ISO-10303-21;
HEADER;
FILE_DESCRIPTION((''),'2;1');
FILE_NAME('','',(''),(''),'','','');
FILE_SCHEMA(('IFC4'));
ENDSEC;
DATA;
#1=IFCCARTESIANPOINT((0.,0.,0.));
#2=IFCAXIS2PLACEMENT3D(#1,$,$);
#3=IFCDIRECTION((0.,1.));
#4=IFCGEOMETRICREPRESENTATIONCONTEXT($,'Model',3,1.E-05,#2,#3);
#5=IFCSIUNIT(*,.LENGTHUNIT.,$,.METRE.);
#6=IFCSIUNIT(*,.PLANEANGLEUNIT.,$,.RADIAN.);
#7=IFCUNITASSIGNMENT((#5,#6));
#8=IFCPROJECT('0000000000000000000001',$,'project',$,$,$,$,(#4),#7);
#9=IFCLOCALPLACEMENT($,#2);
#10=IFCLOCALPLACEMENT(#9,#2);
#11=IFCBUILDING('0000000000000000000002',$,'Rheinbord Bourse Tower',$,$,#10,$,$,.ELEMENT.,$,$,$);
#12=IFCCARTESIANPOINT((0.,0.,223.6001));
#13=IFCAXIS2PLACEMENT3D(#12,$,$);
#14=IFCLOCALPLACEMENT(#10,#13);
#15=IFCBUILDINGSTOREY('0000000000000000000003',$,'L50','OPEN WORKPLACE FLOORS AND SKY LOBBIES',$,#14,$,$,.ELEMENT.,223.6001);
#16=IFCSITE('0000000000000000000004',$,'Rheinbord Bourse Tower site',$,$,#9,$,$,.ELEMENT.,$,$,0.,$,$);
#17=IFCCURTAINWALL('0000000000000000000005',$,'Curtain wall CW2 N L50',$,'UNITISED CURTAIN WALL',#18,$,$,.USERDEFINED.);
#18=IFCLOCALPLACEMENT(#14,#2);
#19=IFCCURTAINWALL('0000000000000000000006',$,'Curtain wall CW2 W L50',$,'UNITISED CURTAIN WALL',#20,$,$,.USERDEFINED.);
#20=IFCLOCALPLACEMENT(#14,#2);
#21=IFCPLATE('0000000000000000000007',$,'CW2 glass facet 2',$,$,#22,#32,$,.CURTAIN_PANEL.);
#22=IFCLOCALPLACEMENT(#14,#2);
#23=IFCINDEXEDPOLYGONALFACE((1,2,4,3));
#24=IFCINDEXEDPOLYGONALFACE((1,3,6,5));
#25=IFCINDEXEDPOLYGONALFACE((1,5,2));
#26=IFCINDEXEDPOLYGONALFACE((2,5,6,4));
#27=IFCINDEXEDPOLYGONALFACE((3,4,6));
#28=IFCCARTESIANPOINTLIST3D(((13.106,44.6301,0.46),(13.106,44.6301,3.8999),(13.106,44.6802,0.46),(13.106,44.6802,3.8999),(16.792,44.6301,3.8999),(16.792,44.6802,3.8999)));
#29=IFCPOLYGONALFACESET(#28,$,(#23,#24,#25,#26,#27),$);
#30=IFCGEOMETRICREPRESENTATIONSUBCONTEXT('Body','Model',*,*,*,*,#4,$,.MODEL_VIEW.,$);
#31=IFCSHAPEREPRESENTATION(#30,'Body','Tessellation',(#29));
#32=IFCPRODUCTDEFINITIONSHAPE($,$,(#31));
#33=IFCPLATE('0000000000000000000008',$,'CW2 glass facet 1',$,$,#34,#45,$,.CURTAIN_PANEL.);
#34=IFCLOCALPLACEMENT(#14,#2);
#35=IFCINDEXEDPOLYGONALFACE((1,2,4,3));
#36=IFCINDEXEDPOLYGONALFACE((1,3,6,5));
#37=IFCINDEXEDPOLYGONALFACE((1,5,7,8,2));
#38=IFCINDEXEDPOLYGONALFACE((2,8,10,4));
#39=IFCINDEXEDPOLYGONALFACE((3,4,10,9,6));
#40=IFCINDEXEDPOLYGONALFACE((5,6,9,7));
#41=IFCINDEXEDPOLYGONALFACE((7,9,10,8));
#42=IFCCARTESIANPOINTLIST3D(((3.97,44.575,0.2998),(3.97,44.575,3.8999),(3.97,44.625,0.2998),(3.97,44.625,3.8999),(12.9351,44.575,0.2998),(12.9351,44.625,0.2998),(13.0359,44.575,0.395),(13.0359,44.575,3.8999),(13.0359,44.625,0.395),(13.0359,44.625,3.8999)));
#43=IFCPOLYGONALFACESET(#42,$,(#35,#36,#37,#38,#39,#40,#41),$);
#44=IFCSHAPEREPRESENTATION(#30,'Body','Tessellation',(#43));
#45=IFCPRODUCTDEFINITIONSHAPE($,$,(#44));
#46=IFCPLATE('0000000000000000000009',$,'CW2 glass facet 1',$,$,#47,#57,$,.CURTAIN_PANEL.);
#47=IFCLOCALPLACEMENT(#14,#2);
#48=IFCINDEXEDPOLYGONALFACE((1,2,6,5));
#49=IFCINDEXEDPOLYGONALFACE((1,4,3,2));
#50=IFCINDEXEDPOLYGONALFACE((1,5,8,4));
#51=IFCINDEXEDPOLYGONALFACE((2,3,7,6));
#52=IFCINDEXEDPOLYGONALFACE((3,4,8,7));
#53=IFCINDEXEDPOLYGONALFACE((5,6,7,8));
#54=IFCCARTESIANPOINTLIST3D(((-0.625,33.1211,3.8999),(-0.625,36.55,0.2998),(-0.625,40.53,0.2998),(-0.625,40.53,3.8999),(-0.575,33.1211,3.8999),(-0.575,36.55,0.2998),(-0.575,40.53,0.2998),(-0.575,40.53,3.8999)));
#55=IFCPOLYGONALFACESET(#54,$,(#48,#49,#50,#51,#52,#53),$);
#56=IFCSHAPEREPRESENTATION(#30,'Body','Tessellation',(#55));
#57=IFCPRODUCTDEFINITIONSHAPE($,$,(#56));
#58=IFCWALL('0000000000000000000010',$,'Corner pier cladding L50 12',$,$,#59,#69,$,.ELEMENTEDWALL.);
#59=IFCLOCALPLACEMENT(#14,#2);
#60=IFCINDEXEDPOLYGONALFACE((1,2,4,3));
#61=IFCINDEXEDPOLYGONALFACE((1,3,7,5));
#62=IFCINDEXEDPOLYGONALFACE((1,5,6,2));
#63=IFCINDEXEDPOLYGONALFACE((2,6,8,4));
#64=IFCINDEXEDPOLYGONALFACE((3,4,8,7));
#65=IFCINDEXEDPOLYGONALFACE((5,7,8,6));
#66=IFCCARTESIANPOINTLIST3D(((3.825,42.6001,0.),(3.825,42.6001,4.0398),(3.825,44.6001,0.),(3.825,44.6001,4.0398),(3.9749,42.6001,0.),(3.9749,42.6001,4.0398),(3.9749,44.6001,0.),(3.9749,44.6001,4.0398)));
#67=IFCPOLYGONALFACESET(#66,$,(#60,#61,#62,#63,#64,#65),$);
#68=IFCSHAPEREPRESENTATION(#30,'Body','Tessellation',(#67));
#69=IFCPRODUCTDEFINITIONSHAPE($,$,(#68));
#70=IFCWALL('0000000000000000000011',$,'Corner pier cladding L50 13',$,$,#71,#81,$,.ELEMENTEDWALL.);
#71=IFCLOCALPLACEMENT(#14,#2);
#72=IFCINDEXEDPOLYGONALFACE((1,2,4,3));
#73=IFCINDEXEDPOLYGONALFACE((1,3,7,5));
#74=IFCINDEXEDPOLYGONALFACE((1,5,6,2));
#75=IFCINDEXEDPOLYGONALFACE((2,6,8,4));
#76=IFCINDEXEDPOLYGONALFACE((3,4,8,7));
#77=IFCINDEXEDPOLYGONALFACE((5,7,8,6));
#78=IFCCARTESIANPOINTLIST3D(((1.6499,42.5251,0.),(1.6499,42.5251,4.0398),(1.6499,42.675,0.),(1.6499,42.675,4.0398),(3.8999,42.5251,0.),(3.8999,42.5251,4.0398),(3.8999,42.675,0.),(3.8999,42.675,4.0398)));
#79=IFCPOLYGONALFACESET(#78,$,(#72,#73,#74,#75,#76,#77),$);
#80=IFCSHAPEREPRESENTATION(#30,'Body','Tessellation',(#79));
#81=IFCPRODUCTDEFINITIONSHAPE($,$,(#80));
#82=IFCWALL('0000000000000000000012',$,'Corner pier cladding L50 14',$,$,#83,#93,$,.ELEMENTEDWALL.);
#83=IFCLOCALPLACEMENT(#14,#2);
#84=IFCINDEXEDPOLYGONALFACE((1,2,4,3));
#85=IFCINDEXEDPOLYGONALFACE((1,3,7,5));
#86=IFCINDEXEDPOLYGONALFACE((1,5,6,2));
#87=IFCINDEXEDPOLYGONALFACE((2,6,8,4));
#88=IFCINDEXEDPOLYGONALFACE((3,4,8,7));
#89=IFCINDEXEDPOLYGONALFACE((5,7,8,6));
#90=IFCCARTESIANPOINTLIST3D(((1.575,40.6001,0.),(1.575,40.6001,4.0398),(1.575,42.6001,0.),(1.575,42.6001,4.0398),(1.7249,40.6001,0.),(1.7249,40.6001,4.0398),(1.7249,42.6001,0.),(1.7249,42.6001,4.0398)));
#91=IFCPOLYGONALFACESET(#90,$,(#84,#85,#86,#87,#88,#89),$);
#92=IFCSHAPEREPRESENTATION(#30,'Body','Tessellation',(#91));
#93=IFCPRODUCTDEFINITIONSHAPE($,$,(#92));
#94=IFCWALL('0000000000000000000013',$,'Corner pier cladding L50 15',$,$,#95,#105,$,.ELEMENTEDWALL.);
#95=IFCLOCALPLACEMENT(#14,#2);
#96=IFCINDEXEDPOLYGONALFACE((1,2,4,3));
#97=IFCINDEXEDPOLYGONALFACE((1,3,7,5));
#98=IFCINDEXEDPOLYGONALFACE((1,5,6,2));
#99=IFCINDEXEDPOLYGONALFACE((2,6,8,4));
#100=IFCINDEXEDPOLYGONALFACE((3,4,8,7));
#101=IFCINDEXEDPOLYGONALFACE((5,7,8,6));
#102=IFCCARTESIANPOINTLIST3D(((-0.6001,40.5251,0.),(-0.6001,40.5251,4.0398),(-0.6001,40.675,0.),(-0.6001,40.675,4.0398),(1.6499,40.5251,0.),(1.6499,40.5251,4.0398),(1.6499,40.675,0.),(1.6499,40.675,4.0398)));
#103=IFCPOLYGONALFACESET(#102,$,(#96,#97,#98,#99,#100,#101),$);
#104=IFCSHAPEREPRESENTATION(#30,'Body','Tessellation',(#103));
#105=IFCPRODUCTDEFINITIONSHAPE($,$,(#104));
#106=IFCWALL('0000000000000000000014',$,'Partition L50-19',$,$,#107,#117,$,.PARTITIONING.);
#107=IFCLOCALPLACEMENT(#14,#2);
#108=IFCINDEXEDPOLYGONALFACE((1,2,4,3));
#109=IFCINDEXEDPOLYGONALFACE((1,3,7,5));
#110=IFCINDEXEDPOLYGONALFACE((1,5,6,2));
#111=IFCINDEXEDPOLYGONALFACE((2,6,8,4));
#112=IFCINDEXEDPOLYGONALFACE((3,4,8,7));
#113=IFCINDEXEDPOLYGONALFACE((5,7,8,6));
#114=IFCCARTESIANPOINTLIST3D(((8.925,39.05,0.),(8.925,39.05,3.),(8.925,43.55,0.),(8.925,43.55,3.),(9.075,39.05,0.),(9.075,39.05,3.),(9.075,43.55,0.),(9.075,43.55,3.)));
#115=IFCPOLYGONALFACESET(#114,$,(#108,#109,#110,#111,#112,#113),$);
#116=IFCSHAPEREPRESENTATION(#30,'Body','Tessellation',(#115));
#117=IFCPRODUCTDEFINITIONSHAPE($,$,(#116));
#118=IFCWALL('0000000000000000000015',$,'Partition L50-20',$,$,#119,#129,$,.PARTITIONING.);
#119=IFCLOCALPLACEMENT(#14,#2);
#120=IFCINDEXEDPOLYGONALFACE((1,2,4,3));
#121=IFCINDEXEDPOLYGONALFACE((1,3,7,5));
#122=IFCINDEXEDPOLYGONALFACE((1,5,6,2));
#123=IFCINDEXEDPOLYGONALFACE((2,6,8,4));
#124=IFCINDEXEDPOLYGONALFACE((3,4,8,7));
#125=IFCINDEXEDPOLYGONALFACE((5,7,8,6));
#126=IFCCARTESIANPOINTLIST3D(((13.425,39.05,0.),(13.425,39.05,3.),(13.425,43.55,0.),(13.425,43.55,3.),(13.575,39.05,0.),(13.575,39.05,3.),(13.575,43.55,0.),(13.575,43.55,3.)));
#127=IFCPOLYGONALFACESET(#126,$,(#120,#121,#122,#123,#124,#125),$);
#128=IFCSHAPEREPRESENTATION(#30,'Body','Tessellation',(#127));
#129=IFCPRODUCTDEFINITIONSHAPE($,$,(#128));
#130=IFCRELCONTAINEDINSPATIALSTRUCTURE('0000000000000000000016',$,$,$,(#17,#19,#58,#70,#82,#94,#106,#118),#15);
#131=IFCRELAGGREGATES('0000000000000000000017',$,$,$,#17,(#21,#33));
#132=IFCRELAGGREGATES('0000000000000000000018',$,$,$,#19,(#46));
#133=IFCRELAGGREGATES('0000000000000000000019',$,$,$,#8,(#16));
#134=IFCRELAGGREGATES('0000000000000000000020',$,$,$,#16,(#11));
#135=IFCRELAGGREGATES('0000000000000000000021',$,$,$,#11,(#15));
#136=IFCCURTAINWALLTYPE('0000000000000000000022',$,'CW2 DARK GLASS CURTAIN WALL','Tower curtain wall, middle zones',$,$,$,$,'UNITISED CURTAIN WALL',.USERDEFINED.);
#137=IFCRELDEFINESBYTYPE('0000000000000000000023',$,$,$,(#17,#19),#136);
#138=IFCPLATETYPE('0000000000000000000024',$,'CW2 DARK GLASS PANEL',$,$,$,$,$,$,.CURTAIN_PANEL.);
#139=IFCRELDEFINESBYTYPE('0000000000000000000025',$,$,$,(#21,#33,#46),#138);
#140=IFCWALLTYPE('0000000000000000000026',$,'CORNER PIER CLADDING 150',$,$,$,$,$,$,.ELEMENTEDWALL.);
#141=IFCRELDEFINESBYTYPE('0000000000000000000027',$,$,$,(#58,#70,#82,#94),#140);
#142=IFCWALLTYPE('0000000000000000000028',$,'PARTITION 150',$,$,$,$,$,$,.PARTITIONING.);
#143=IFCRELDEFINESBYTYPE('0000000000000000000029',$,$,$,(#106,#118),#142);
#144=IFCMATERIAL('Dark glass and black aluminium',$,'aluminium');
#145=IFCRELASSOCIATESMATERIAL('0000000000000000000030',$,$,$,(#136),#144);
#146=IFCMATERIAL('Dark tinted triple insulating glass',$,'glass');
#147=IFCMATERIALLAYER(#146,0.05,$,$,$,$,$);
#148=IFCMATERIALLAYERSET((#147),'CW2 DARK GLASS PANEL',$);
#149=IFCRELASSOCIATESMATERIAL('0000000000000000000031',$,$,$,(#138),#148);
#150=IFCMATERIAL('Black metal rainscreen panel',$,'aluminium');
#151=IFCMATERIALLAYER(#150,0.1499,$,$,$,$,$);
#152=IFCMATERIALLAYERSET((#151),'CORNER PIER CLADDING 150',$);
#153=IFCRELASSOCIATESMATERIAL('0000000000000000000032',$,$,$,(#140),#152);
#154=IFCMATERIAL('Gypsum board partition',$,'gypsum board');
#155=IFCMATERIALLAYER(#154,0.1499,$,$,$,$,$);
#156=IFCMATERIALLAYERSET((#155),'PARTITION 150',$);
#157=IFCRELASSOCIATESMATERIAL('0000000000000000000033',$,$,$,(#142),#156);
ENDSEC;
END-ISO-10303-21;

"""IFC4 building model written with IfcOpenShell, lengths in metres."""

from ifc_helpers import new_model, si_unit, direction, frame, frame_2d, origin, place, context, subcontext, project, spatial, polyline, rectangle, outline, extrude, material, layer, layer_set, type_object, element, aggregate, save


model = new_model("IFC4")

# Units and contexts
model_context = context("Model", 3, precision=1e-05, world=origin(), true_north=direction((0.0, 1.0)))
body_context = subcontext(model_context, "Body", "Model", "MODEL_VIEW")
ifc_project = project(units=[si_unit("LENGTHUNIT", "METRE"), si_unit("PLANEANGLEUNIT", "RADIAN")], contexts=[model_context])

# Site, building, storey
site_placement = place(None, origin())
site = spatial("IfcSite", under=ifc_project, at=site_placement, Name="Rheinbord Bourse Tower site", CompositionType="ELEMENT", RefElevation=0.0)
building_placement = place(site_placement, origin())
building = spatial("IfcBuilding", under=site, at=building_placement, Name="Rheinbord Bourse Tower", CompositionType="ELEMENT")
storey_placement = place(building_placement, frame((0.0, 0.0, 223.6001)))
storey = spatial("IfcBuildingStorey", under=building, at=storey_placement, Name="L50", Description="OPEN WORKPLACE FLOORS AND SKY LOBBIES", CompositionType="ELEMENT", Elevation=223.6001)

# Curtain wall
ifc_material_1 = material(Name="Dark glass and black aluminium", Category="aluminium")
curtain_wall_type = type_object("IfcCurtainWallType", Name="CW2 DARK GLASS CURTAIN WALL", Description="Tower curtain wall, middle zones", ElementType="UNITISED CURTAIN WALL", PredefinedType="USERDEFINED", material=ifc_material_1)
curtain_wall_1_placement = place(storey_placement, origin())
curtain_wall_1 = element("IfcCurtainWall", 1, at=curtain_wall_1_placement, inside=storey, type_object=curtain_wall_type, Name="Curtain wall CW2 N L50", ObjectType="UNITISED CURTAIN WALL", PredefinedType="USERDEFINED")

# Curtain wall
curtain_wall_2_placement = place(storey_placement, origin())
curtain_wall_2 = element("IfcCurtainWall", 2, at=curtain_wall_2_placement, inside=storey, type_object=curtain_wall_type, Name="Curtain wall CW2 W L50", ObjectType="UNITISED CURTAIN WALL", PredefinedType="USERDEFINED")

# Plates
ifc_material_2 = material(Name="Dark tinted triple insulating glass", Category="glass")
ifc_layer_1 = layer(ifc_material_2, 0.05)
ifc_layer_set_1 = layer_set([ifc_layer_1], Name="CW2 DARK GLASS PANEL")
plate_type = type_object("IfcPlateType", Name="CW2 DARK GLASS PANEL", PredefinedType="CURTAIN_PANEL", material=ifc_layer_set_1)
plate_1_placement = place(storey_placement, frame((13.106, 44.6802, 3.8999), z_axis=(0.0, -1.0, 0.0), x_axis=(0.0, 0.0, -1.0)))
plate_1 = element("IfcPlate", 3, at=plate_1_placement, type_object=plate_type, Name="CW2 glass facet 2", PredefinedType="CURTAIN_PANEL", context=body_context, shape_type="SweptSolid", body=[
    extrude(outline(polyline([(0.0, 0.0), (3.4399, 0.0), (0.0, 3.686), (0.0, 0.0)])), origin(), (0.0, 0.0, 1.0), 0.05),
])
plate_2_placement = place(storey_placement, frame((13.0359, 44.625, 3.8999), z_axis=(0.0, -1.0, 0.0), x_axis=(-1.0, 0.0, 0.0)))
plate_2 = element("IfcPlate", 4, at=plate_2_placement, type_object=plate_type, Name="CW2 glass facet 1", PredefinedType="CURTAIN_PANEL", context=body_context, shape_type="SweptSolid", body=[
    extrude(outline(polyline([(0.0, 0.0), (9.0659, 0.0), (9.0659, 3.6001), (0.1008, 3.6001), (0.0, 3.5049), (0.0, 0.0)])), origin(), (0.0, 0.0, 1.0), 0.05),
])
aggregate(curtain_wall_1, [plate_1, plate_2])
plate_3_placement = place(storey_placement, frame((-0.625, 40.53, 0.2998), z_axis=(1.0, 0.0, 0.0), x_axis=(0.0, 0.0, 1.0)))
plate_3 = element("IfcPlate", 5, at=plate_3_placement, type_object=plate_type, Name="CW2 glass facet 1", PredefinedType="CURTAIN_PANEL", context=body_context, shape_type="SweptSolid", body=[
    extrude(outline(polyline([(0.0, 0.0), (3.6001, 0.0), (3.6001, 7.4089), (0.0, 3.98), (0.0, 0.0)])), origin(), (0.0, 0.0, 1.0), 0.05),
])
aggregate(curtain_wall_2, [plate_3])

# Walls
ifc_material_3 = material(Name="Black metal rainscreen panel", Category="aluminium")
ifc_layer_2 = layer(ifc_material_3, 0.1499)
ifc_layer_set_2 = layer_set([ifc_layer_2], Name="CORNER PIER CLADDING 150")
wall_type_1 = type_object("IfcWallType", Name="CORNER PIER CLADDING 150", PredefinedType="ELEMENTEDWALL", material=ifc_layer_set_2)
wall_1_placement = place(storey_placement, frame((3.8999, 44.6001, 0.0), z_axis=(0.0, 0.0, 1.0), x_axis=(0.0, -1.0, 0.0)))
element("IfcWall", 6, at=wall_1_placement, inside=storey, type_object=wall_type_1, Name="Corner pier cladding L50 12", PredefinedType="ELEMENTEDWALL", context=body_context, shape_type="SweptSolid", body=[
    extrude(rectangle(XDim=2.0, YDim=0.1499, at=frame_2d((1.0, 0.0))), origin(), (0.0, 0.0, 1.0), 4.0398),
])
wall_2_placement = place(storey_placement, frame((3.8999, 42.6001, 0.0), z_axis=(0.0, 0.0, 1.0), x_axis=(-1.0, 0.0, 0.0)))
element("IfcWall", 7, at=wall_2_placement, inside=storey, type_object=wall_type_1, Name="Corner pier cladding L50 13", PredefinedType="ELEMENTEDWALL", context=body_context, shape_type="SweptSolid", body=[
    extrude(rectangle(XDim=2.25, YDim=0.1499, at=frame_2d((1.125, 0.0))), origin(), (0.0, 0.0, 1.0), 4.0398),
])
wall_3_placement = place(storey_placement, frame((1.6499, 42.6001, 0.0), z_axis=(0.0, 0.0, 1.0), x_axis=(0.0, -1.0, 0.0)))
element("IfcWall", 8, at=wall_3_placement, inside=storey, type_object=wall_type_1, Name="Corner pier cladding L50 14", PredefinedType="ELEMENTEDWALL", context=body_context, shape_type="SweptSolid", body=[
    extrude(rectangle(XDim=2.0, YDim=0.1499, at=frame_2d((1.0, 0.0))), origin(), (0.0, 0.0, 1.0), 4.0398),
])
wall_4_placement = place(storey_placement, frame((1.6499, 40.6001, 0.0), z_axis=(0.0, 0.0, 1.0), x_axis=(-1.0, 0.0, 0.0)))
element("IfcWall", 9, at=wall_4_placement, inside=storey, type_object=wall_type_1, Name="Corner pier cladding L50 15", PredefinedType="ELEMENTEDWALL", context=body_context, shape_type="SweptSolid", body=[
    extrude(rectangle(XDim=2.25, YDim=0.1499, at=frame_2d((1.125, 0.0))), origin(), (0.0, 0.0, 1.0), 4.0398),
])
ifc_material_4 = material(Name="Gypsum board partition", Category="gypsum board")
ifc_layer_3 = layer(ifc_material_4, 0.1499)
ifc_layer_set_3 = layer_set([ifc_layer_3], Name="PARTITION 150")
wall_type_2 = type_object("IfcWallType", Name="PARTITION 150", PredefinedType="PARTITIONING", material=ifc_layer_set_3)
for number, where, z_axis, x_axis, name in (
    (10, (9.0, 39.05, 0.0), (0.0, 0.0, 1.0), (0.0, 1.0, 0.0), "Partition L50-19"),
    (11, (13.5, 39.05, 0.0), (0.0, 0.0, 1.0), (0.0, 1.0, 0.0), "Partition L50-20"),
):
    element("IfcWall", number, at=place(storey_placement, frame(where, z_axis=z_axis, x_axis=x_axis)), inside=storey, type_object=wall_type_2, Name=name, PredefinedType="PARTITIONING", context=body_context, shape_type="SweptSolid", body=[
        extrude(rectangle(XDim=4.5, YDim=0.1499, at=frame_2d((2.25, 0.0))), origin(), (0.0, 0.0, 1.0), 3.0),
    ])

save(model, "model.ifc")
